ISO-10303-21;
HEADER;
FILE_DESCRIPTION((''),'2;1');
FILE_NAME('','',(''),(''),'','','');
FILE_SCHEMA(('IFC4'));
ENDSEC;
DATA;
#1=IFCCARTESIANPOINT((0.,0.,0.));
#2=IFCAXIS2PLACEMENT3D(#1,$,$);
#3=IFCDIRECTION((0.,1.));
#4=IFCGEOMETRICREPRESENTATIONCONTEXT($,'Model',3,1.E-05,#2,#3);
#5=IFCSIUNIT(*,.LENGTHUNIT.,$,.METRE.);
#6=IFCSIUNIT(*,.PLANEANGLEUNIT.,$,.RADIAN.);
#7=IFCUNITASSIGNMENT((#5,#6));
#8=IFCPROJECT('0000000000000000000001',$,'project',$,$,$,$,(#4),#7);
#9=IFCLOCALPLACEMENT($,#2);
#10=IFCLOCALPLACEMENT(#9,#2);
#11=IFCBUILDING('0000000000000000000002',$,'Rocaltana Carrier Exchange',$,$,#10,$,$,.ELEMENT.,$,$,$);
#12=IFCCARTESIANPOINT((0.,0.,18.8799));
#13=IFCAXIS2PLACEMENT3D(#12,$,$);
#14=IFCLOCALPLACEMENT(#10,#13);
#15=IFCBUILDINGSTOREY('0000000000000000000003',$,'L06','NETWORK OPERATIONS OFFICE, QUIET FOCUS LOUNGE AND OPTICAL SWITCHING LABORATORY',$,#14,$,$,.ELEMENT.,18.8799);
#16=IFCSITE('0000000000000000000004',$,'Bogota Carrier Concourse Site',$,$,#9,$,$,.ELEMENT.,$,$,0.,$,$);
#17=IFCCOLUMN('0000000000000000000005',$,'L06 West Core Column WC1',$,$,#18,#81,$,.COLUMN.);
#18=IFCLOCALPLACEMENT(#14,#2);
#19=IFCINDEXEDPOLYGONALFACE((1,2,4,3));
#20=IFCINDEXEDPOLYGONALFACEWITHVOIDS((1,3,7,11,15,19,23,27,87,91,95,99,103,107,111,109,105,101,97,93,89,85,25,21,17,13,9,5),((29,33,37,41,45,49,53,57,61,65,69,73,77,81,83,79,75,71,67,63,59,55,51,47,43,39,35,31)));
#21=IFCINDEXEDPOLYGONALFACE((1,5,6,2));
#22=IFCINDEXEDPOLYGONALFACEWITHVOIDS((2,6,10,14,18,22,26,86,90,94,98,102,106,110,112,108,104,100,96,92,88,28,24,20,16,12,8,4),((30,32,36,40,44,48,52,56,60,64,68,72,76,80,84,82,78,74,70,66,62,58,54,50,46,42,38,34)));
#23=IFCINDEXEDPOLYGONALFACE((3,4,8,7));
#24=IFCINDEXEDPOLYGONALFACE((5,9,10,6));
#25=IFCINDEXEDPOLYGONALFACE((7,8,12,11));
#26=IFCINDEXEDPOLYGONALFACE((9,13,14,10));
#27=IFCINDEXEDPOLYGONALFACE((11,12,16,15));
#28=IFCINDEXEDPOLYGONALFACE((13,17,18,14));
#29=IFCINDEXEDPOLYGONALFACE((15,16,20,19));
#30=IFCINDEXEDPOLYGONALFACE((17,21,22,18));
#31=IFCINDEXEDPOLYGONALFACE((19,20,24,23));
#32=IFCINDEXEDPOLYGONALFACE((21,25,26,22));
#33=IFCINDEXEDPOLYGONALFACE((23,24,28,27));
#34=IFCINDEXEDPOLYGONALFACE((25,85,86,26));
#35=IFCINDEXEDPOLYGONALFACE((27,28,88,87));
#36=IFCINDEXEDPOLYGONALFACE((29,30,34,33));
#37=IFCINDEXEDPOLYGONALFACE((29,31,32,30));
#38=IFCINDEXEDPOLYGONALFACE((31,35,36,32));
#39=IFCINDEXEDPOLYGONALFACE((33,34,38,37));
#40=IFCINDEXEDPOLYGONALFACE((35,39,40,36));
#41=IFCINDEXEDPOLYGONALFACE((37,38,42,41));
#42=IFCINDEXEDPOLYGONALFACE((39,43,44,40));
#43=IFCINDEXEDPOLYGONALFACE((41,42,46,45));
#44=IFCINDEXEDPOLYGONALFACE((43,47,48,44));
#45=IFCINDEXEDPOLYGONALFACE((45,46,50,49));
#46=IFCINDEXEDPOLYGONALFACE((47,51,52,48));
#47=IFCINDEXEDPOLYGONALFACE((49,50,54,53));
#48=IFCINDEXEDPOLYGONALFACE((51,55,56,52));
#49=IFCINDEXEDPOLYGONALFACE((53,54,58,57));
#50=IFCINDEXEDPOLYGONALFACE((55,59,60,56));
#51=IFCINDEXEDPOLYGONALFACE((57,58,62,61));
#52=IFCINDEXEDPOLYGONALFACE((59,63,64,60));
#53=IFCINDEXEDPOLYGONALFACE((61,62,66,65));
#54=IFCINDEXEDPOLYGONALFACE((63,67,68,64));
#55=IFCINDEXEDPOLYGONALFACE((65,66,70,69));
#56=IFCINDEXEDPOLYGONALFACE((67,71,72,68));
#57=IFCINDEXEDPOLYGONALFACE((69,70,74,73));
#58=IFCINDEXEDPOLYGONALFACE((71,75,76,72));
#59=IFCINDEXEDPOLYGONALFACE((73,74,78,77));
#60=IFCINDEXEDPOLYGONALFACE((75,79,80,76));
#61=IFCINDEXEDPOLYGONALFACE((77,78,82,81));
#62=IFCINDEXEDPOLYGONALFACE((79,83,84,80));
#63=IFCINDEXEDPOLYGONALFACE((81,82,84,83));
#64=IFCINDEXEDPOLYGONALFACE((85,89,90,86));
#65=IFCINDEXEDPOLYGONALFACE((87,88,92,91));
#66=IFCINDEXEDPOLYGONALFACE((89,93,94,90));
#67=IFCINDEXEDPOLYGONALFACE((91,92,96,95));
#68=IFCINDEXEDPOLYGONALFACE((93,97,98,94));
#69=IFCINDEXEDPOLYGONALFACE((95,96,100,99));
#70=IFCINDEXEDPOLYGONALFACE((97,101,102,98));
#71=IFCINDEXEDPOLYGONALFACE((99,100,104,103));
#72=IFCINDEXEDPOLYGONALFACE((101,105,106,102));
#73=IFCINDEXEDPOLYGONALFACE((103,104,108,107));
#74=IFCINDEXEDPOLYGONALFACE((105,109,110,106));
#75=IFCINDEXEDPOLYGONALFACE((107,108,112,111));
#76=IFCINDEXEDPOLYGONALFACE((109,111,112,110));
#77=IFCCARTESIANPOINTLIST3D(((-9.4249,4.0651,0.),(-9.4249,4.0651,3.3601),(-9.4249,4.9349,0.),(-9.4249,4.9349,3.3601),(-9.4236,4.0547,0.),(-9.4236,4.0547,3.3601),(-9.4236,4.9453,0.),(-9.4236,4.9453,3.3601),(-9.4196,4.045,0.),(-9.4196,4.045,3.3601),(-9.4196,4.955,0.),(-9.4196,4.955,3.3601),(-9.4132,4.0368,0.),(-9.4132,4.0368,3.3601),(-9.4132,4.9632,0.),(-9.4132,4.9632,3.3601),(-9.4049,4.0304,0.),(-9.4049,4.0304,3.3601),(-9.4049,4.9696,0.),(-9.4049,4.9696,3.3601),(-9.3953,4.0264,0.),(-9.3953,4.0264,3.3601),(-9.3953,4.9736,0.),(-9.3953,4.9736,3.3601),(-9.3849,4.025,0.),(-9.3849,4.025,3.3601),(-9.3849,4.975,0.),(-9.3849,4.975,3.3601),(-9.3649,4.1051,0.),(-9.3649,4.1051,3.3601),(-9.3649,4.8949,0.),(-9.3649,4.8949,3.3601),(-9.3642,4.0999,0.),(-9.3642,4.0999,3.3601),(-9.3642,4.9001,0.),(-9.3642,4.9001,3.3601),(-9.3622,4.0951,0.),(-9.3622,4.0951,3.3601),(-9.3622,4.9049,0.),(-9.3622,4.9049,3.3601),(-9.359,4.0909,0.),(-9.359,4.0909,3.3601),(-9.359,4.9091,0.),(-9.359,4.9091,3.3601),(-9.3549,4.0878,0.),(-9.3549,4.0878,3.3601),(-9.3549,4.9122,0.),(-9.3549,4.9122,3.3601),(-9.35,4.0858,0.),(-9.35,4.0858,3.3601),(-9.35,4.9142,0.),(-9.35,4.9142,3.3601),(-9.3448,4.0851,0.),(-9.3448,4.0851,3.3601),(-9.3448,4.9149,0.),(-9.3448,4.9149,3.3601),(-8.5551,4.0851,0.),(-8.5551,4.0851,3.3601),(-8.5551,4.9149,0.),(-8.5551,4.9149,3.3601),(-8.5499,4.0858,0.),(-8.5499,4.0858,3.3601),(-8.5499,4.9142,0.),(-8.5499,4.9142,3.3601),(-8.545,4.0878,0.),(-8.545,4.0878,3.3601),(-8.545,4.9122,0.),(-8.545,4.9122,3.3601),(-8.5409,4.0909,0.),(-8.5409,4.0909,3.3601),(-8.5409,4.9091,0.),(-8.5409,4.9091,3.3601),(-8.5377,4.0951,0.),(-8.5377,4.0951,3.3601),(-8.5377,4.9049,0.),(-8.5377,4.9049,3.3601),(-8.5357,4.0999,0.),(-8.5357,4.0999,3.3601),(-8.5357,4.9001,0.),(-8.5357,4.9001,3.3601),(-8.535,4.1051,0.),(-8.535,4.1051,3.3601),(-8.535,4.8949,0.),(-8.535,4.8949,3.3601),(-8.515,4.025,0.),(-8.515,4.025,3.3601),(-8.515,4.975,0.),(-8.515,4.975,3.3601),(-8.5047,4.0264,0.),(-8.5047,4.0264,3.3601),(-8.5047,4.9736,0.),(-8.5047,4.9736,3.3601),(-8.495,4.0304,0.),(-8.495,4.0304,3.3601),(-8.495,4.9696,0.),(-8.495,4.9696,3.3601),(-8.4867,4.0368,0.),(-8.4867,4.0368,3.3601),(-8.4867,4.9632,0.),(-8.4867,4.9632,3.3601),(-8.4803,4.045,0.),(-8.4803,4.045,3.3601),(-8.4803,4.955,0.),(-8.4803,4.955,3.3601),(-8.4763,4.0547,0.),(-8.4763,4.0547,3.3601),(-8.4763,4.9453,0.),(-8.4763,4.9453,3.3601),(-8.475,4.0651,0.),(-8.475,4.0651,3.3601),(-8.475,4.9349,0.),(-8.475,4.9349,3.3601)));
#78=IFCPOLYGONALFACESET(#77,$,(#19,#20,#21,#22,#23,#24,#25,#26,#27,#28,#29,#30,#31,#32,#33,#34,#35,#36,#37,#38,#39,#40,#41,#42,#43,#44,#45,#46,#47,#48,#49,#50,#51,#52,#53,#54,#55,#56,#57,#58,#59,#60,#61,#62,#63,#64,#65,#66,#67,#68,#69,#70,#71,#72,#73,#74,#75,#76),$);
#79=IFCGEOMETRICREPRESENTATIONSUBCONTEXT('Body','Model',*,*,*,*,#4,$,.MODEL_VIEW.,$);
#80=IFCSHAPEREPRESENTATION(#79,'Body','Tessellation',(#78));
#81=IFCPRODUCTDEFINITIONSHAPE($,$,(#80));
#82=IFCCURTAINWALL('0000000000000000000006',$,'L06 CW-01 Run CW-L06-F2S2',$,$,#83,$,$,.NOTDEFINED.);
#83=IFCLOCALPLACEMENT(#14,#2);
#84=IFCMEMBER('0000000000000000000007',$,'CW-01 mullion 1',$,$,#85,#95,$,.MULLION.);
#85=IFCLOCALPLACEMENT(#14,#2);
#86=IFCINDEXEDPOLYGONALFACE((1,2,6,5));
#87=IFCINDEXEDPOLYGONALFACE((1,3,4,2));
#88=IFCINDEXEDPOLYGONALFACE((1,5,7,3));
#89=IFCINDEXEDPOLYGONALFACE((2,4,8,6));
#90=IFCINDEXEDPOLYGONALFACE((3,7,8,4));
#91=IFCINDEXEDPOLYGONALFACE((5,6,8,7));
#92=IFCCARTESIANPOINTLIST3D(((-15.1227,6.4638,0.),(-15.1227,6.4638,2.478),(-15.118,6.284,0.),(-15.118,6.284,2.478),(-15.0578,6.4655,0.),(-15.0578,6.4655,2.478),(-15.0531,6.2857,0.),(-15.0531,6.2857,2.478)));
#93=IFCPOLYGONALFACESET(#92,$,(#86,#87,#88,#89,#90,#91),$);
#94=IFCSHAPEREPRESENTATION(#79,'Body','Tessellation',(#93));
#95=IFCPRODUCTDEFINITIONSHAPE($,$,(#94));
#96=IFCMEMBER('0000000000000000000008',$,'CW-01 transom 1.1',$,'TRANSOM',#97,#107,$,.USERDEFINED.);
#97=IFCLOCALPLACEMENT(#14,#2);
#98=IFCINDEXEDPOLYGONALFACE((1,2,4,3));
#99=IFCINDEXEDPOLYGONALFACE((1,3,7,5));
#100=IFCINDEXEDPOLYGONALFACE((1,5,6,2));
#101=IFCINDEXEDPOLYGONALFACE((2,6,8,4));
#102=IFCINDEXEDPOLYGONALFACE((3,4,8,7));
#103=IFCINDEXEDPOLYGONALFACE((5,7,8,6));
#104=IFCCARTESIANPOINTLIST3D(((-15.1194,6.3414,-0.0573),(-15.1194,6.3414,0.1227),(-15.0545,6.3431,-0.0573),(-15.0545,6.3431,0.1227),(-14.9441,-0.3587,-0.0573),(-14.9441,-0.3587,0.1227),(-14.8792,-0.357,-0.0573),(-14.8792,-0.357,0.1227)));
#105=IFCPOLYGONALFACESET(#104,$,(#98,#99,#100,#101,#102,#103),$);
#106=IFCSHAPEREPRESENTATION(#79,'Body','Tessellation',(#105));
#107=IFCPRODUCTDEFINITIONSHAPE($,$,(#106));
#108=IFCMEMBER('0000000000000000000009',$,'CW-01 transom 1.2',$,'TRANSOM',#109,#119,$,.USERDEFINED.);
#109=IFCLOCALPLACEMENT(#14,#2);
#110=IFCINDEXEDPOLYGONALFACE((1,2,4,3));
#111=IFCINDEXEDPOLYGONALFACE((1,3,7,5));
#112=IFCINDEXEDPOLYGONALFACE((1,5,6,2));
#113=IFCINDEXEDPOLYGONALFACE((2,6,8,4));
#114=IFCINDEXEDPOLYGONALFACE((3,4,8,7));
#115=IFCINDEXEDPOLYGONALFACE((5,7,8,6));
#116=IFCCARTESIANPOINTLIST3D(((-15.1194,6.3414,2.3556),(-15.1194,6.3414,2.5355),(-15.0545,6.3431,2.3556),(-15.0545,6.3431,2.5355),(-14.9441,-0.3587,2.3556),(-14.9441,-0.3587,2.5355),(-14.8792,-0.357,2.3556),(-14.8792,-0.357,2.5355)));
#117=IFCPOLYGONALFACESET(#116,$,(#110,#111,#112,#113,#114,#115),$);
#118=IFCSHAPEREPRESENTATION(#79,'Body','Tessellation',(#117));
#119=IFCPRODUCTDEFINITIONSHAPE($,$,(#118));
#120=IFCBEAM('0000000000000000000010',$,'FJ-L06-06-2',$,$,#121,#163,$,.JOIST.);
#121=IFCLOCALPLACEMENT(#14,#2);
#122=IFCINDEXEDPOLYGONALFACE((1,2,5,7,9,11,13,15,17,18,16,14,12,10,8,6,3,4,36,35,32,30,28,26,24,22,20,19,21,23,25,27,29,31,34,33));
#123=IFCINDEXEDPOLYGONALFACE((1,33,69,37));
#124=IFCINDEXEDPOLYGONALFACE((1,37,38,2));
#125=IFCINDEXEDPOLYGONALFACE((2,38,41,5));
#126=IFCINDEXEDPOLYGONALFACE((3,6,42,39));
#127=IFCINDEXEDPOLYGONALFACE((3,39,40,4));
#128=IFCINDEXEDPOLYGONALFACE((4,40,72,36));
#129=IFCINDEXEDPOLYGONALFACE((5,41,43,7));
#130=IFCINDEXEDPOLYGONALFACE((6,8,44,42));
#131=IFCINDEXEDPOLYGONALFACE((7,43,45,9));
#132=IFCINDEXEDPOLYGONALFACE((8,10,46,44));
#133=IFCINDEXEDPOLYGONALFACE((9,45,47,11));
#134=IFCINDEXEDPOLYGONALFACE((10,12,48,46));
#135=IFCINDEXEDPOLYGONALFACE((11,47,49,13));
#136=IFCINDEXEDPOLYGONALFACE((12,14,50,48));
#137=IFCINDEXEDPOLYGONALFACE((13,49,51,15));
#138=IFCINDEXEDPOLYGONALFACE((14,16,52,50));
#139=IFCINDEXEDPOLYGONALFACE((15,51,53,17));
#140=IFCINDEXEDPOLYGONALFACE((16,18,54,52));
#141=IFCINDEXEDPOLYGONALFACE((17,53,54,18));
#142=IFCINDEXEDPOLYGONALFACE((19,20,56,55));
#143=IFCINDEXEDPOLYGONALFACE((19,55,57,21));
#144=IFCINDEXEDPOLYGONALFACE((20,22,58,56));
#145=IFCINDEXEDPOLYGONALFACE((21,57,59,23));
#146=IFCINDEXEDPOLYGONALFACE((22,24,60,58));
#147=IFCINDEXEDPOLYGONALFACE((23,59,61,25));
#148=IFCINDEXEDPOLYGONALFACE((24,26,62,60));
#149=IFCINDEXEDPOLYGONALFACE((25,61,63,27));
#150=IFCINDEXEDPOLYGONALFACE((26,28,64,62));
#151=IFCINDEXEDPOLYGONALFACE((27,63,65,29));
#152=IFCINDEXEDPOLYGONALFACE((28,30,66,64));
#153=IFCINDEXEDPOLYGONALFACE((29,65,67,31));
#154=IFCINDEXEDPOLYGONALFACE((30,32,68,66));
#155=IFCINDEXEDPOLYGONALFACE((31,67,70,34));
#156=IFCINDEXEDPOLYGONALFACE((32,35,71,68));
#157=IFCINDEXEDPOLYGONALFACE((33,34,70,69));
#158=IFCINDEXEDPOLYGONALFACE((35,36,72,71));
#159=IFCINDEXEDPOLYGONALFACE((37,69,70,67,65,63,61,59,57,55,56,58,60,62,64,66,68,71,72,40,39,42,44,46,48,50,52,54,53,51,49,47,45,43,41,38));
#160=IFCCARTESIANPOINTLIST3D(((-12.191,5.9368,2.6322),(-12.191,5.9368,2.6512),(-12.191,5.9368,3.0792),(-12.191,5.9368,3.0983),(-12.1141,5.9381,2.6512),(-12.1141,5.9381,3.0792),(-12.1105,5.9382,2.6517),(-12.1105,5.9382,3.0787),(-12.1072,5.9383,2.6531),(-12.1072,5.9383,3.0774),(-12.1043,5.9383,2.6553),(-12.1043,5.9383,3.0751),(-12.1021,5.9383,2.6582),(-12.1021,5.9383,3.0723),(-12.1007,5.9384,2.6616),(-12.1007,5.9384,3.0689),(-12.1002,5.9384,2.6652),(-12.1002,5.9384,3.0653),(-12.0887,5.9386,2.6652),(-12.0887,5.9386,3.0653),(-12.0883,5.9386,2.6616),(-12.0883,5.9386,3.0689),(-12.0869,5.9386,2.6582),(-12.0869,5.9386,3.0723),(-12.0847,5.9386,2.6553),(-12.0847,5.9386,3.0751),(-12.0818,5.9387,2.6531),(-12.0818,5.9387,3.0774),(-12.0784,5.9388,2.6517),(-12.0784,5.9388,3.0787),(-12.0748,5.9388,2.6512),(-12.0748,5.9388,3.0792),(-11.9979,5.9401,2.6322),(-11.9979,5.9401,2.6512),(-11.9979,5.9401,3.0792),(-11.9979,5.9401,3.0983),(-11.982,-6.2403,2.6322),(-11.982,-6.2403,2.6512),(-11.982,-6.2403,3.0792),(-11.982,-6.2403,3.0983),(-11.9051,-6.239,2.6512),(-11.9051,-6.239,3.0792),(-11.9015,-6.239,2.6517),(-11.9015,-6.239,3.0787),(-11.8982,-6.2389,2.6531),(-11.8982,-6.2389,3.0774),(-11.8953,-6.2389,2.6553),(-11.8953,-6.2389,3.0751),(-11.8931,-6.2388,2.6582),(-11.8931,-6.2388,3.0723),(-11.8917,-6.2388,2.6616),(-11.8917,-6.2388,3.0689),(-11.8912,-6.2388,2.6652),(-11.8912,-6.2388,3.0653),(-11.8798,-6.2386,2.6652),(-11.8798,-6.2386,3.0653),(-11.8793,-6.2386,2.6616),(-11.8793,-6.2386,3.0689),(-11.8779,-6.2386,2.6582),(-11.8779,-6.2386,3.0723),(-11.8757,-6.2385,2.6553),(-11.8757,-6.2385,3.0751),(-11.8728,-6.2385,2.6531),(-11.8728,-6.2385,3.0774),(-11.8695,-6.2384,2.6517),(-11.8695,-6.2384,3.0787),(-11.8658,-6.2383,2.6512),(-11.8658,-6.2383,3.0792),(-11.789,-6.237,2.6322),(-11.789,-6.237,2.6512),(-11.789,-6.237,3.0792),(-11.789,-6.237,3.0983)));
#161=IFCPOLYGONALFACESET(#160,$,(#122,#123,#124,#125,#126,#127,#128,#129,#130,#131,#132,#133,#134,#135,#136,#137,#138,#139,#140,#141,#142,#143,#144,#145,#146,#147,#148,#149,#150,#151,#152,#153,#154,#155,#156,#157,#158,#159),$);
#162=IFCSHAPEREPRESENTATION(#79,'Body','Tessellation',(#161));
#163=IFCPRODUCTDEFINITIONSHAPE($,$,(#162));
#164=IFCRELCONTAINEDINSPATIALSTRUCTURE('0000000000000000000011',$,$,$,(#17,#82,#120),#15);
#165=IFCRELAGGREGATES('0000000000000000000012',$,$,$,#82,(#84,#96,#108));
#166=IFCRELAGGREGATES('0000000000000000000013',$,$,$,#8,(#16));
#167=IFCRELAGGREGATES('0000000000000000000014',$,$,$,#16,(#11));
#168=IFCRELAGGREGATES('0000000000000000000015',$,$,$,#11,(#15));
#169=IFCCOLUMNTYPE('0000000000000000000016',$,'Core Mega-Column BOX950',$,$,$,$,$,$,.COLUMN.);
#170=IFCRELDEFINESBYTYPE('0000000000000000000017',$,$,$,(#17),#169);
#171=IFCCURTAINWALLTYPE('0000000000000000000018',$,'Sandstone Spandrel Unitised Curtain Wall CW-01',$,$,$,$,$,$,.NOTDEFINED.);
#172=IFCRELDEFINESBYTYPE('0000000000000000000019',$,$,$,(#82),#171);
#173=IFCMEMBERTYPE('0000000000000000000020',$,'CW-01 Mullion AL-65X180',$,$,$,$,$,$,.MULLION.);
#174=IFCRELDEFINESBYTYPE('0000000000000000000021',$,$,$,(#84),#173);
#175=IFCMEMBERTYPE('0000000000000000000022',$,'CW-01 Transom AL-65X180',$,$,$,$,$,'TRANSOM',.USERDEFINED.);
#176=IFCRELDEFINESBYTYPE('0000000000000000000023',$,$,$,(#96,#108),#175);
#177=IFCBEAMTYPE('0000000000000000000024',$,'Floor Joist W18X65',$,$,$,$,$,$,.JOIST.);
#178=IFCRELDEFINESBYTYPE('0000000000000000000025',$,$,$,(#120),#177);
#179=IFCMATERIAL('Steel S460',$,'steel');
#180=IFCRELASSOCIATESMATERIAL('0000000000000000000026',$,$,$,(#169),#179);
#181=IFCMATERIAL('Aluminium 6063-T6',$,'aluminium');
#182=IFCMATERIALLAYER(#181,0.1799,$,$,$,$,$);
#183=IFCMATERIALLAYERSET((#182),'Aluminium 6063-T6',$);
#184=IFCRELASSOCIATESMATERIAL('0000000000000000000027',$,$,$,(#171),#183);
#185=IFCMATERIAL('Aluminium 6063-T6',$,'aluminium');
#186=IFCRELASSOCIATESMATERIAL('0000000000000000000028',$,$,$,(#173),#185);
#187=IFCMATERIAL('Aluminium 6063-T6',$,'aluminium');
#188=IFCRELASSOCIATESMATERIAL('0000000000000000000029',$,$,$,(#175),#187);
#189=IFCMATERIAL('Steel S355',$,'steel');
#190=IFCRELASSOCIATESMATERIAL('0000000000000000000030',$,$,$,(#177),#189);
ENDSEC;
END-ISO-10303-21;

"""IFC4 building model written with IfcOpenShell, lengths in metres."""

from ifc_helpers import new_model, si_unit, direction, frame, origin, origin_2d, place, context, subcontext, project, spatial, rectangle, hollow_rectangle, i_section, extrude, material, layer, layer_set, material_profile, profile_set, type_object, element, aggregate, save


model = new_model("IFC4")

# Units and contexts
model_context = context("Model", 3, precision=1e-05, world=origin(), true_north=direction((0.0, 1.0)))
body_context = subcontext(model_context, "Body", "Model", "MODEL_VIEW")
ifc_project = project(units=[si_unit("LENGTHUNIT", "METRE"), si_unit("PLANEANGLEUNIT", "RADIAN")], contexts=[model_context])

# Site, building, storey
site_placement = place(None, origin())
site = spatial("IfcSite", under=ifc_project, at=site_placement, Name="Bogota Carrier Concourse Site", CompositionType="ELEMENT", RefElevation=0.0)
building_placement = place(site_placement, origin())
building = spatial("IfcBuilding", under=site, at=building_placement, Name="Rocaltana Carrier Exchange", CompositionType="ELEMENT")
storey_placement = place(building_placement, frame((0.0, 0.0, 18.8799)))
storey = spatial("IfcBuildingStorey", under=building, at=storey_placement, Name="L06", Description="NETWORK OPERATIONS OFFICE, QUIET FOCUS LOUNGE AND OPTICAL SWITCHING LABORATORY", CompositionType="ELEMENT", Elevation=18.8799)

# Column
ifc_material_1 = material(Name="Steel S460", Category="steel")
ifc_material_profile_1 = material_profile(ifc_material_1, hollow_rectangle(XDim=0.95, YDim=0.95, WallThickness=0.0601, InnerFilletRadius=0.02, OuterFilletRadius=0.04, at=origin_2d()), Name="BOX950X950X60")
ifc_profile_set_1 = profile_set([ifc_material_profile_1], Name="Steel S460")
column_type = type_object("IfcColumnType", Name="Core Mega-Column BOX950", PredefinedType="COLUMN", material=ifc_profile_set_1)
column_placement = place(storey_placement, frame((-8.95, 4.5, 0.0), z_axis=(0.0, 0.0, 1.0), x_axis=(1.0, 0.0, 0.0)))
element("IfcColumn", 1, at=column_placement, inside=storey, type_object=column_type, Name="L06 West Core Column WC1", PredefinedType="COLUMN", context=body_context, shape_type="SweptSolid", body=[
    extrude(hollow_rectangle(XDim=0.95, YDim=0.95, WallThickness=0.0601, InnerFilletRadius=0.02, OuterFilletRadius=0.04, at=origin_2d()), origin(), (0.0, 0.0, 1.0), 3.3601),
])

# Curtain wall, members
ifc_material_2 = material(Name="Aluminium 6063-T6", Category="aluminium")
ifc_layer_1 = layer(ifc_material_2, 0.1799)
ifc_layer_set_1 = layer_set([ifc_layer_1], Name="Aluminium 6063-T6")
curtain_wall_type = type_object("IfcCurtainWallType", Name="Sandstone Spandrel Unitised Curtain Wall CW-01", PredefinedType="NOTDEFINED", material=ifc_layer_set_1)
curtain_wall_placement = place(storey_placement, origin())
curtain_wall = element("IfcCurtainWall", 2, at=curtain_wall_placement, inside=storey, type_object=curtain_wall_type, Name="L06 CW-01 Run CW-L06-F2S2", PredefinedType="NOTDEFINED")
ifc_material_3 = material(Name="Aluminium 6063-T6", Category="aluminium")
ifc_material_profile_2 = material_profile(ifc_material_3, rectangle(XDim=0.0649, YDim=0.1799, at=origin_2d()), Name="AL-65X180")
ifc_profile_set_2 = profile_set([ifc_material_profile_2], Name="Aluminium 6063-T6")
member_type_1 = type_object("IfcMemberType", Name="CW-01 Mullion AL-65X180", PredefinedType="MULLION", material=ifc_profile_set_2)
member_1_placement = place(storey_placement, frame((-15.0879, 6.3748, 0.0), z_axis=(0.0, 0.0, 1.0), x_axis=(0.999657, 0.026177, 0.0)))
member_1 = element("IfcMember", 3, at=member_1_placement, type_object=member_type_1, Name="CW-01 mullion 1", PredefinedType="MULLION", context=body_context, shape_type="SweptSolid", body=[
    extrude(rectangle(XDim=0.0649, YDim=0.1799, at=origin_2d()), origin(), (0.0, 0.0, 1.0), 2.478),
])
ifc_material_4 = material(Name="Aluminium 6063-T6", Category="aluminium")
ifc_material_profile_3 = material_profile(ifc_material_4, rectangle(XDim=0.0649, YDim=0.1799, at=origin_2d()), Name="AL-65X180")
ifc_profile_set_3 = profile_set([ifc_material_profile_3], Name="Aluminium 6063-T6")
member_type_2 = type_object("IfcMemberType", Name="CW-01 Transom AL-65X180", ElementType="TRANSOM", PredefinedType="USERDEFINED", material=ifc_profile_set_3)
member_2_placement = place(storey_placement, frame((-15.0869, 6.3423, 0.0327), z_axis=(0.026153, -0.999658, 0.0), x_axis=(0.999658, 0.026153, 0.0)))
member_2 = element("IfcMember", 4, at=member_2_placement, type_object=member_type_2, Name="CW-01 transom 1.1", ObjectType="TRANSOM", PredefinedType="USERDEFINED", context=body_context, shape_type="SweptSolid", body=[
    extrude(rectangle(XDim=0.0649, YDim=0.1799, at=origin_2d()), origin(), (0.0, 0.0, 1.0), 6.7024),
])
member_3_placement = place(storey_placement, frame((-15.0869, 6.3423, 2.4456), z_axis=(0.026153, -0.999658, 0.0), x_axis=(0.999658, 0.026153, 0.0)))
member_3 = element("IfcMember", 5, at=member_3_placement, type_object=member_type_2, Name="CW-01 transom 1.2", ObjectType="TRANSOM", PredefinedType="USERDEFINED", context=body_context, shape_type="SweptSolid", body=[
    extrude(rectangle(XDim=0.0649, YDim=0.1799, at=origin_2d()), origin(), (0.0, 0.0, 1.0), 6.7024),
])

# Beam
ifc_material_5 = material(Name="Steel S355", Category="steel")
ifc_material_profile_4 = material_profile(ifc_material_5, i_section(OverallWidth=0.1931, OverallDepth=0.4661, WebThickness=0.0115, FlangeThickness=0.019, FilletRadius=0.0139, at=origin_2d()), Name="W18X65")
ifc_profile_set_4 = profile_set([ifc_material_profile_4], Name="Steel S355")
beam_type_1 = type_object("IfcBeamType", Name="Floor Joist W18X65", PredefinedType="JOIST", material=ifc_profile_set_4)
beam_1_placement = place(storey_placement, frame((-12.0945, 5.9385, 2.8652), z_axis=(0.017159, -0.999853, 0.0), x_axis=(0.999853, 0.017159, 0.0)))
element("IfcBeam", 6, at=beam_1_placement, inside=storey, type_object=beam_type_1, Name="FJ-L06-06-2", PredefinedType="JOIST", context=body_context, shape_type="SweptSolid", body=[
    extrude(i_section(OverallWidth=0.1931, OverallDepth=0.4661, WebThickness=0.0115, FlangeThickness=0.019, FilletRadius=0.0139, at=origin_2d()), origin(), (0.0, 0.0, 1.0), 12.179),
])

aggregate(curtain_wall, [member_1, member_2, member_3])

save(model, "model.ifc")
